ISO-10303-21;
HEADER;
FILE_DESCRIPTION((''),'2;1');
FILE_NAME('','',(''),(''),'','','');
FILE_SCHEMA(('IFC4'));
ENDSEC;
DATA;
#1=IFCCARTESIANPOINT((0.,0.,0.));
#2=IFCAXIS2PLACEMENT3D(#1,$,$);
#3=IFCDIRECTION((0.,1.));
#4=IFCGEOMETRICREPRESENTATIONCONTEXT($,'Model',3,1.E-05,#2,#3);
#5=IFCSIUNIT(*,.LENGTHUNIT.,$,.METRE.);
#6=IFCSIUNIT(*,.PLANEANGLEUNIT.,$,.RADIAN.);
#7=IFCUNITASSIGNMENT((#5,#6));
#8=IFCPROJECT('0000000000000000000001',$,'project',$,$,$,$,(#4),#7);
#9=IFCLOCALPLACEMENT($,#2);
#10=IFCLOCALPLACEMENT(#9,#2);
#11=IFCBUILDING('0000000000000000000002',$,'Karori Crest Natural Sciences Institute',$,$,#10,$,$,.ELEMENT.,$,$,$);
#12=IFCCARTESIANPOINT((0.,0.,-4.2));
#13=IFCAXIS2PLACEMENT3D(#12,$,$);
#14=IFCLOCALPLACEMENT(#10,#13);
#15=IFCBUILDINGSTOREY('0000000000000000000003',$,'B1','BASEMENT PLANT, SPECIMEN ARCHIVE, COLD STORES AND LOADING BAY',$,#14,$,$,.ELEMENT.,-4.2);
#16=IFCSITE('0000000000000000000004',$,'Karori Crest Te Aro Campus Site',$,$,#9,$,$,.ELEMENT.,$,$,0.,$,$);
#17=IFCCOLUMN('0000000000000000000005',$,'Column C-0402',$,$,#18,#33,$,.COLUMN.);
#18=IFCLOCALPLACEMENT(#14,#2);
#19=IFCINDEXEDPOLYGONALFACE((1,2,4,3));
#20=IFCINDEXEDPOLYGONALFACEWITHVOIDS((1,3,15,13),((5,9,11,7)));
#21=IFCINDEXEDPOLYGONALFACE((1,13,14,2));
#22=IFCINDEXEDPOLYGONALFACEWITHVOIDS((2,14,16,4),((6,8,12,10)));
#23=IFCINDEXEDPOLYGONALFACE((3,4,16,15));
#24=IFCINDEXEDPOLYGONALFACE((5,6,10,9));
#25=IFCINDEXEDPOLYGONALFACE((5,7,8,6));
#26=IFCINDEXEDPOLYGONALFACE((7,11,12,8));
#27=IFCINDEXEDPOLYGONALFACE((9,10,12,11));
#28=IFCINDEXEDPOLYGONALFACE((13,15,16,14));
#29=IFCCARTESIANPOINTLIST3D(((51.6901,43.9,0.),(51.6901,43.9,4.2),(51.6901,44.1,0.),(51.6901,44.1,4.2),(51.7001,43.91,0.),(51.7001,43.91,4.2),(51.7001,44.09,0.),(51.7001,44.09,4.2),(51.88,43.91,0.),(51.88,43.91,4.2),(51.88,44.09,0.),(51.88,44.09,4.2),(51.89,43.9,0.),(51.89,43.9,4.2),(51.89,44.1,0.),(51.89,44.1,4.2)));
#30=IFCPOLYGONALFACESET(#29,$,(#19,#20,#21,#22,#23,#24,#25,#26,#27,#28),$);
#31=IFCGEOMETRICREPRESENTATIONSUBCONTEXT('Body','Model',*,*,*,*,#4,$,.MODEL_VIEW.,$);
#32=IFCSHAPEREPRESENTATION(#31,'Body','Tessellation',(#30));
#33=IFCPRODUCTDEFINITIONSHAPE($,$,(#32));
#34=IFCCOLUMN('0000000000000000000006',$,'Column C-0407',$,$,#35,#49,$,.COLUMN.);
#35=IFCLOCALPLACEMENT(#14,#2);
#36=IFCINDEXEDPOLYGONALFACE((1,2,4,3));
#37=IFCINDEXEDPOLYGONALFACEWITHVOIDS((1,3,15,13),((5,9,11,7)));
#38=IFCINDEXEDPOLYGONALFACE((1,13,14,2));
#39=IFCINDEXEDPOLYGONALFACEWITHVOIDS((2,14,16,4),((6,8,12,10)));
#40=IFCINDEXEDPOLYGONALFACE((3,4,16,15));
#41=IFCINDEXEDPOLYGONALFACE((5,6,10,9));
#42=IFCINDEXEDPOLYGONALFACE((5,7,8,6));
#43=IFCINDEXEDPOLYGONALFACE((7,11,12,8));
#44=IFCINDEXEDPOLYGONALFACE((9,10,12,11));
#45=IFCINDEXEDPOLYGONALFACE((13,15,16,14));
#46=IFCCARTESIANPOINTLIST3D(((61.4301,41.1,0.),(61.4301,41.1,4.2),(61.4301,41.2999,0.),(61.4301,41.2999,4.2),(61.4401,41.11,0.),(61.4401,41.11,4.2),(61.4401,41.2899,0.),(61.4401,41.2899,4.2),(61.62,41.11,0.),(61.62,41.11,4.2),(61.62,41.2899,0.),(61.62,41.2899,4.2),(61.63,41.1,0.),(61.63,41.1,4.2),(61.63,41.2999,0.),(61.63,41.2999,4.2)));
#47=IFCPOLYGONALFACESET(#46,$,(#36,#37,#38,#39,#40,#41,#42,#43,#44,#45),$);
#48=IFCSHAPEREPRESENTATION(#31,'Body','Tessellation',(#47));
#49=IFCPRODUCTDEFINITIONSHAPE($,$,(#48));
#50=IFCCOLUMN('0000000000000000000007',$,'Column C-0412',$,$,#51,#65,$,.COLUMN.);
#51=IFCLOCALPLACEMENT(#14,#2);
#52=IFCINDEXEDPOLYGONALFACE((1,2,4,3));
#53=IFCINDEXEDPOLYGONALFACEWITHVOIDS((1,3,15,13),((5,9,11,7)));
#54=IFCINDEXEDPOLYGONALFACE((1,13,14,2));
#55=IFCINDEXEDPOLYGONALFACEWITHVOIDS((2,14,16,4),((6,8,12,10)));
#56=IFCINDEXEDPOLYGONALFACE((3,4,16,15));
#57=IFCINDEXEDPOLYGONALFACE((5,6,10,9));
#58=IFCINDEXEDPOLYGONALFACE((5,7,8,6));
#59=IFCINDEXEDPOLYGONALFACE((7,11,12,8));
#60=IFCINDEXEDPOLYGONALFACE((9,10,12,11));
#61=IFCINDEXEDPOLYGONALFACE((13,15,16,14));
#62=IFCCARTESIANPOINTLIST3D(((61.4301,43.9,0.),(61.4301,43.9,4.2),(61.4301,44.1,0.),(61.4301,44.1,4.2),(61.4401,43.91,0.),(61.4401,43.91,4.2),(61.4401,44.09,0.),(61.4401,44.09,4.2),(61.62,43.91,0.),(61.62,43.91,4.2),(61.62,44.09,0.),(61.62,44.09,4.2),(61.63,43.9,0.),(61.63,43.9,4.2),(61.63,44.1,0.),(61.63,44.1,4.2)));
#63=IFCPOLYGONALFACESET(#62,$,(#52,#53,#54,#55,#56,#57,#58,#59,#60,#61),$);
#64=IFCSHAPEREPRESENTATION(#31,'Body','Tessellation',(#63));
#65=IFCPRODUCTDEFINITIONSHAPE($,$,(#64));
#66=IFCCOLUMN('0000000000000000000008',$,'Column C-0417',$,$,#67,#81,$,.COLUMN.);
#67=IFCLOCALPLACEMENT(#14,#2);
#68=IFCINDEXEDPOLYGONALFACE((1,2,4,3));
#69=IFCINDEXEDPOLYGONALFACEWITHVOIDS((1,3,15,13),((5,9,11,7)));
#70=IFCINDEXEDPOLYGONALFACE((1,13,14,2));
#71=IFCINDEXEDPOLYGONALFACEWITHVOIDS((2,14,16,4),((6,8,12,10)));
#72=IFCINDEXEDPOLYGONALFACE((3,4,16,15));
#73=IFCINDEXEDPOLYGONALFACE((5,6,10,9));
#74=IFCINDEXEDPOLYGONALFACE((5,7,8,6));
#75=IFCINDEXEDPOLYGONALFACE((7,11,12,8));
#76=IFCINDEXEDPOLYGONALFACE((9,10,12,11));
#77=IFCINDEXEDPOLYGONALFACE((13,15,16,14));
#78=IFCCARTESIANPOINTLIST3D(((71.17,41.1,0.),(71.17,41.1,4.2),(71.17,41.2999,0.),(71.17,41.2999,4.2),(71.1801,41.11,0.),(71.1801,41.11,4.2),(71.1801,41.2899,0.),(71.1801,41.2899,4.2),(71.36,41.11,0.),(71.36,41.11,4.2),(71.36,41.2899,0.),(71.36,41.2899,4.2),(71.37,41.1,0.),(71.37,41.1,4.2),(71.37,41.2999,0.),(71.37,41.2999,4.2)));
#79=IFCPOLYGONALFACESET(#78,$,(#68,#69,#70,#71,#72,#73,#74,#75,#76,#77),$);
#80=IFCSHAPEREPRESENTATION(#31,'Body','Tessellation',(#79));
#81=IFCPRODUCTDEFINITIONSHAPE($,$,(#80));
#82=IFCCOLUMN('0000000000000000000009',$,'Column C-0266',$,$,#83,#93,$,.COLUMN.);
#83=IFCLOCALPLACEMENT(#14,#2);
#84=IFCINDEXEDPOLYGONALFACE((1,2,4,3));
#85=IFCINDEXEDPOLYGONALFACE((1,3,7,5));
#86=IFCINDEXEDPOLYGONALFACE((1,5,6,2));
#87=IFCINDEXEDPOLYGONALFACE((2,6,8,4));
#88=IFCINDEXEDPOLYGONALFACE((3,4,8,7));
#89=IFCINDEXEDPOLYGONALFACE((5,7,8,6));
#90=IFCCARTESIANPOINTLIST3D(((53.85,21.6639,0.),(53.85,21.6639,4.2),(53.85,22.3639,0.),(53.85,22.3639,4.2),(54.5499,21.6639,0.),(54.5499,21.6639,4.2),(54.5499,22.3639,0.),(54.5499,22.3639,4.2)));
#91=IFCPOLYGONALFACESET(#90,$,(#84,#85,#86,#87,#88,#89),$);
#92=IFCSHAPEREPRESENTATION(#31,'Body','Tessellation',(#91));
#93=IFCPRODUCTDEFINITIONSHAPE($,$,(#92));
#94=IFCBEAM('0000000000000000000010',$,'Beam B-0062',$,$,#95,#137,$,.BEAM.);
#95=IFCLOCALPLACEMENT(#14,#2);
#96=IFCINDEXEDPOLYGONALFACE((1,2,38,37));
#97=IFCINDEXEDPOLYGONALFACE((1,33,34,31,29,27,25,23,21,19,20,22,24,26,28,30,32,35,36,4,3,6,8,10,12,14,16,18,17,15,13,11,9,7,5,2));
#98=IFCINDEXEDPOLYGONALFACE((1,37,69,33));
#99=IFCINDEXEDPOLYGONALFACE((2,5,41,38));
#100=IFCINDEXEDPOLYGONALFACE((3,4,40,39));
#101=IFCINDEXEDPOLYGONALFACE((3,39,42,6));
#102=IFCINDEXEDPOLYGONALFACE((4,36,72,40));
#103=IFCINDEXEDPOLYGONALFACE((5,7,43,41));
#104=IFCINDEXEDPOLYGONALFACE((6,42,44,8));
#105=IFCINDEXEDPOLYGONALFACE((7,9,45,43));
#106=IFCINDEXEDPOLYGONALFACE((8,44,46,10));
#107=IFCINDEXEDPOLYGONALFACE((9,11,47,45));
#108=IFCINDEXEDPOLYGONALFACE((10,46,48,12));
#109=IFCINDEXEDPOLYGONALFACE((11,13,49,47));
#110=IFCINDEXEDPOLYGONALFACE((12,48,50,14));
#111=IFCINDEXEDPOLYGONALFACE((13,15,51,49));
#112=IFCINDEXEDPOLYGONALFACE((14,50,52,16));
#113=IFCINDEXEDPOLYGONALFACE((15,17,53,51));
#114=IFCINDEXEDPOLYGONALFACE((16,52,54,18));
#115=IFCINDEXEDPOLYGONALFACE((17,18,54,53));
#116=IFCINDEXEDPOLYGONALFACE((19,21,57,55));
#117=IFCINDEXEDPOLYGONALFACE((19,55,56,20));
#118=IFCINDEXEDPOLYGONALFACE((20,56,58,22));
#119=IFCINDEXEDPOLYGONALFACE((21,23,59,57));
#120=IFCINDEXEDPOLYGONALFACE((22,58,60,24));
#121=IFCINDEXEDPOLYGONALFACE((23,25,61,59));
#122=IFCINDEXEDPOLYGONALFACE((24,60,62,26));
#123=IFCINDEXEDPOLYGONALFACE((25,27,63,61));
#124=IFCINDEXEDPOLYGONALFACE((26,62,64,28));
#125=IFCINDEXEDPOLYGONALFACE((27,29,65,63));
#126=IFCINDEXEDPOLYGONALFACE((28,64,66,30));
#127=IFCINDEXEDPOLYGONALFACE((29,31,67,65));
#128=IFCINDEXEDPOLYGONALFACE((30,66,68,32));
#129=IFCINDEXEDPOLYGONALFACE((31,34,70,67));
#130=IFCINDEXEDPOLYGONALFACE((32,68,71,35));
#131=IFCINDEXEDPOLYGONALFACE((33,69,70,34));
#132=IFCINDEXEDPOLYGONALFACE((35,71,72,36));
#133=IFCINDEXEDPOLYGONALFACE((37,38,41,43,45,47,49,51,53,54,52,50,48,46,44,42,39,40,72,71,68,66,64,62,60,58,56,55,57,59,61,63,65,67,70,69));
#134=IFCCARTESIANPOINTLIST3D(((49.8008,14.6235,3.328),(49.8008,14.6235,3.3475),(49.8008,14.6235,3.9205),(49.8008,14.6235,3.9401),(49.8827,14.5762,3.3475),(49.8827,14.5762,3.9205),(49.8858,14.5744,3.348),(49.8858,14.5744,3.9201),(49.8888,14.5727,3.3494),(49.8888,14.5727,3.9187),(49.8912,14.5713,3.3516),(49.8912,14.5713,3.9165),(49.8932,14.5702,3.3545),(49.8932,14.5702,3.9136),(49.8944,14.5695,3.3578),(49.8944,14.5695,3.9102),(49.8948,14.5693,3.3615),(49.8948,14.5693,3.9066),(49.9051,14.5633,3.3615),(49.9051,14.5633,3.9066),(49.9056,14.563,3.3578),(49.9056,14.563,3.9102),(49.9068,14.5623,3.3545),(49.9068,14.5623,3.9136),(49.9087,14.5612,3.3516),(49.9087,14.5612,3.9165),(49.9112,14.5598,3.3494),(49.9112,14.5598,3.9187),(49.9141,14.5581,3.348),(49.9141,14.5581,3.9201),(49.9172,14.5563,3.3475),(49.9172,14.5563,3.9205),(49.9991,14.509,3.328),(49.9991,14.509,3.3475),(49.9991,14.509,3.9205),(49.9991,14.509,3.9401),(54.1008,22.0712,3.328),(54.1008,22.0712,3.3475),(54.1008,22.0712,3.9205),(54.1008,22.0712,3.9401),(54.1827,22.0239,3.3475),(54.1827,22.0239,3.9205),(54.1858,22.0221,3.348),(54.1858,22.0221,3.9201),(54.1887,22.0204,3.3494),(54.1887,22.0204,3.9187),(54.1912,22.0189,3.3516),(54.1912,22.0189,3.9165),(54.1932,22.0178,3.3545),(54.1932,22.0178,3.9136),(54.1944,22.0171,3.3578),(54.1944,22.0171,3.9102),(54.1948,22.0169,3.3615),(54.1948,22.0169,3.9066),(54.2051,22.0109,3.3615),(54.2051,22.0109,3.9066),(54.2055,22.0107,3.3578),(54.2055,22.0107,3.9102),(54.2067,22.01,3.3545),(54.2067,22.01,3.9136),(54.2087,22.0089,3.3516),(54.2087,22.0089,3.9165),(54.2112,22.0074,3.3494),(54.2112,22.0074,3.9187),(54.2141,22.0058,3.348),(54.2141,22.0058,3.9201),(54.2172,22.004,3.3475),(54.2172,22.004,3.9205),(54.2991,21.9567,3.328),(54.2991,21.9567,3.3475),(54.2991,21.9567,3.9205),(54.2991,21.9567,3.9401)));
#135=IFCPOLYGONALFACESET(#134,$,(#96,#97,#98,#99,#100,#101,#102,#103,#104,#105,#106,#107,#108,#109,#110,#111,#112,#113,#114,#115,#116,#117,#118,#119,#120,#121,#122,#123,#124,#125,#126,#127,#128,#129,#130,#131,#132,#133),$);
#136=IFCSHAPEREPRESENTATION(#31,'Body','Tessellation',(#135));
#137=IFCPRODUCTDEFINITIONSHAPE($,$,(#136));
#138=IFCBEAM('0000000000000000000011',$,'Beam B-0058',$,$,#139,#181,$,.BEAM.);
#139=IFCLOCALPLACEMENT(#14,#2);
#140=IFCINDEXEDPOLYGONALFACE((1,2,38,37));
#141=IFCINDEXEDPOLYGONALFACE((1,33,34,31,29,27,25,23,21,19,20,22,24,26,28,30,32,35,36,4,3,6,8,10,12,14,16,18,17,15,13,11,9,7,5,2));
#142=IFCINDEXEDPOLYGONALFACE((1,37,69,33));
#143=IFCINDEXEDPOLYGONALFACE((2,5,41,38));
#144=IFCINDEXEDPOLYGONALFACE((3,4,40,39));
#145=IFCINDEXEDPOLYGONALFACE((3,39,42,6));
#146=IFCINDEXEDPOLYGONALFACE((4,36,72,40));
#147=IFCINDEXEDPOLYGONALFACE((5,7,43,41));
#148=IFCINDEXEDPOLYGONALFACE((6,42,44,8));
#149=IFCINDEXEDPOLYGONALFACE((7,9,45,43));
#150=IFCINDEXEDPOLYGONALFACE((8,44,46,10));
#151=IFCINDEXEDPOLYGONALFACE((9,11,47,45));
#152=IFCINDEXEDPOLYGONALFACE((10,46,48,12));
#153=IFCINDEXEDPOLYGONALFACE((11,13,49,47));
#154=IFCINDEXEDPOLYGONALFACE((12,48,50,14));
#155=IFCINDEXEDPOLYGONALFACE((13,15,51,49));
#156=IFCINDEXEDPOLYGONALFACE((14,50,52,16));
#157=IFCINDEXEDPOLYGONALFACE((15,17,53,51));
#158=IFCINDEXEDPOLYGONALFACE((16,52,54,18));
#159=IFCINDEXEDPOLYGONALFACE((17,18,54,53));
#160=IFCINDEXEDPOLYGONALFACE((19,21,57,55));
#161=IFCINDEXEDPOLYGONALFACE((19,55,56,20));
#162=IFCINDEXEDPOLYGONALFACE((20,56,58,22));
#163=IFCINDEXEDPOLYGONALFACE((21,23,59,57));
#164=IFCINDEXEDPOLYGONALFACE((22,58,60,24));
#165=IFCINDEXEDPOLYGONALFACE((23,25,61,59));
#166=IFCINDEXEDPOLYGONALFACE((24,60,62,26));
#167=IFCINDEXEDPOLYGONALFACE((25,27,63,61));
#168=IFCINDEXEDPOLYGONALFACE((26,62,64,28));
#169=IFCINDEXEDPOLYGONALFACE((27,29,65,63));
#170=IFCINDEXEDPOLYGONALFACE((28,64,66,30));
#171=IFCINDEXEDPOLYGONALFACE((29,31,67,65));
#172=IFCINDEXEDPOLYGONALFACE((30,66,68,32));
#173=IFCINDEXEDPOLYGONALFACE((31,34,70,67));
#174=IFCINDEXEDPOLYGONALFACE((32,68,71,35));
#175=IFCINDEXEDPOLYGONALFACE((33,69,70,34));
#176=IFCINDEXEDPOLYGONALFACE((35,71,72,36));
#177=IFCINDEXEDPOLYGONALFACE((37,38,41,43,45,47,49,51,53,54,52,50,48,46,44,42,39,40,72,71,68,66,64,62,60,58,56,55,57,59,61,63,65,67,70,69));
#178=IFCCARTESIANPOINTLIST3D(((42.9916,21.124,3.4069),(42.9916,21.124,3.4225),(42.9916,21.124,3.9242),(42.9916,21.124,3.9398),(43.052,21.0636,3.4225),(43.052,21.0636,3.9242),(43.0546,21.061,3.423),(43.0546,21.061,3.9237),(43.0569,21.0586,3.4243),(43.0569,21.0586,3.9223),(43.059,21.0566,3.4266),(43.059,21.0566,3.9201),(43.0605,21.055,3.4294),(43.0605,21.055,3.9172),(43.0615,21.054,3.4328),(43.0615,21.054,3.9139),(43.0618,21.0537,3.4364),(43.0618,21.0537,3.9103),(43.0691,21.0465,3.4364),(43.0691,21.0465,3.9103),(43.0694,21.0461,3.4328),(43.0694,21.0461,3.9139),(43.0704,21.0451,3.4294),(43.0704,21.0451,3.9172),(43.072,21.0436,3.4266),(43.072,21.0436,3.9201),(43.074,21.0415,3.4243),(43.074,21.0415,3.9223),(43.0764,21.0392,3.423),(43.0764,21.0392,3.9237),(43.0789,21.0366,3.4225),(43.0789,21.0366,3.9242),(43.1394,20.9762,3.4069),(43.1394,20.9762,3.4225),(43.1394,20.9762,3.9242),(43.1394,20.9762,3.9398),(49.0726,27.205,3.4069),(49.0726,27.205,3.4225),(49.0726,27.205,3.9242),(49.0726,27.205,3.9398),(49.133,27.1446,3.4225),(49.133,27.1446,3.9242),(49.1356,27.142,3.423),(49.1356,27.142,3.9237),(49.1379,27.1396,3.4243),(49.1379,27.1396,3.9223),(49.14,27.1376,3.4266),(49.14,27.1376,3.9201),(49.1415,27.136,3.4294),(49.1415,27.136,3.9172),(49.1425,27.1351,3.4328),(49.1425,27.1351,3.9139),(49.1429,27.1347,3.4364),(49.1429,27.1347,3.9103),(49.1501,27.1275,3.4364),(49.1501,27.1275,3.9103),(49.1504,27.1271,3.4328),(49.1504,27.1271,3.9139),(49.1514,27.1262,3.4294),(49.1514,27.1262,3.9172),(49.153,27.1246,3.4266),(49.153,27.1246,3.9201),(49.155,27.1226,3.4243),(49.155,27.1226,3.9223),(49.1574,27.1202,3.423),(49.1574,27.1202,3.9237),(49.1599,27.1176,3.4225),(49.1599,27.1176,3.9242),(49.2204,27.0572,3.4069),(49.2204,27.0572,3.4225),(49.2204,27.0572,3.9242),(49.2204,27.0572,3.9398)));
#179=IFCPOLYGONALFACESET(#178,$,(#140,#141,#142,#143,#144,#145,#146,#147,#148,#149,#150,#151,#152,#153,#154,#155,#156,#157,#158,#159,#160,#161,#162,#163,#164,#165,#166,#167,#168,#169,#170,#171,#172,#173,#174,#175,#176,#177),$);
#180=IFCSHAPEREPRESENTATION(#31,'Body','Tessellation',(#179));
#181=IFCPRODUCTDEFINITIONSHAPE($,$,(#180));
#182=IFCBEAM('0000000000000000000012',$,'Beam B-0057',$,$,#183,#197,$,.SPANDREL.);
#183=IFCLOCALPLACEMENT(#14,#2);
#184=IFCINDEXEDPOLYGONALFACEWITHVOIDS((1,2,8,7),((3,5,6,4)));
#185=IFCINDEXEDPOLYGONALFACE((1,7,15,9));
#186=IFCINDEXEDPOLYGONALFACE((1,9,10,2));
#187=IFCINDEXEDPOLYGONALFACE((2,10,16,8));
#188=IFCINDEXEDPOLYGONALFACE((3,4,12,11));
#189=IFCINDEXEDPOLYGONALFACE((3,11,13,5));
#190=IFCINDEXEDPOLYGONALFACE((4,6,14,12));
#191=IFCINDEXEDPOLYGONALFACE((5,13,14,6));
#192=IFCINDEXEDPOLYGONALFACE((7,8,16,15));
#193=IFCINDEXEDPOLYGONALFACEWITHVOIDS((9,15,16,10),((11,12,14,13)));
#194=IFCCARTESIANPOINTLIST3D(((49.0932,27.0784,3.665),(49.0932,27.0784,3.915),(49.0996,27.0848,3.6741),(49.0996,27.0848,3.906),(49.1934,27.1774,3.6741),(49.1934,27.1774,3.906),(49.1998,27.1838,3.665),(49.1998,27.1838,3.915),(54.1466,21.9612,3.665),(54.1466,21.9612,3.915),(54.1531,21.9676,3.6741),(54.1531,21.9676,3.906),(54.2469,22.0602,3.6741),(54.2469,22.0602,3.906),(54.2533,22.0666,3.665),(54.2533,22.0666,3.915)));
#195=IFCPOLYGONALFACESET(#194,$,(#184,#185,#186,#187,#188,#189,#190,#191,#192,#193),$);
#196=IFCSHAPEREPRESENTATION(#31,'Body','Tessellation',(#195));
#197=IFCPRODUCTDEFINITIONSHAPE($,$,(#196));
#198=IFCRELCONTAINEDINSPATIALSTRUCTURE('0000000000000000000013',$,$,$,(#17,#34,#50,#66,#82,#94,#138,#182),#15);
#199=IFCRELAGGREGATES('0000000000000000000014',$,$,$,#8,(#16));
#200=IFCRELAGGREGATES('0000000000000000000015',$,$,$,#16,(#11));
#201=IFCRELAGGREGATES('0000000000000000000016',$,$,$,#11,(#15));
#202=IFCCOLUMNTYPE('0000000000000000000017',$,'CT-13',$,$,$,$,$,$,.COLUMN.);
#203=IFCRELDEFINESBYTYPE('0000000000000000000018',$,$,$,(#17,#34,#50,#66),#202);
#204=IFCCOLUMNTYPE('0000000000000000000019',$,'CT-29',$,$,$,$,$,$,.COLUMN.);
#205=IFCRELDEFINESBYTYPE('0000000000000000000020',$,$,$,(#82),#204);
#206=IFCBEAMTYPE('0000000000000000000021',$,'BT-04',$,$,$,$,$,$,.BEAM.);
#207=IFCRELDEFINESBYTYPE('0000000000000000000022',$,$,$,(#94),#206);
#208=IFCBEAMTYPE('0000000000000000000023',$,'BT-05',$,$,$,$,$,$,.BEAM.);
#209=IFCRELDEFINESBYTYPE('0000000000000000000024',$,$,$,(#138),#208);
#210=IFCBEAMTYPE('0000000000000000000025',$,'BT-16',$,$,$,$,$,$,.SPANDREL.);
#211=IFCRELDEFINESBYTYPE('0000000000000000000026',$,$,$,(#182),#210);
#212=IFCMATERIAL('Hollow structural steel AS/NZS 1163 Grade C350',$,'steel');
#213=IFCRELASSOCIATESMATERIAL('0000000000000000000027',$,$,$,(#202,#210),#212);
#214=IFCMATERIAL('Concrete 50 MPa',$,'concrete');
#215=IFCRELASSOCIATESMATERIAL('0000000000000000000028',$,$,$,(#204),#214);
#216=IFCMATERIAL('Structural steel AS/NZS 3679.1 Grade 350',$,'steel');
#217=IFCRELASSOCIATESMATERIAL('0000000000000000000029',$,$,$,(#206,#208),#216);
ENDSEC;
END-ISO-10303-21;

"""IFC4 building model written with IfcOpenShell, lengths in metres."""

from ifc_helpers import new_model, si_unit, direction, frame, origin, origin_2d, place, context, subcontext, project, spatial, rectangle, hollow_rectangle, i_section, extrude, material, material_profile, profile_set, type_object, element, save


model = new_model("IFC4")

# Units and contexts
model_context = context("Model", 3, precision=1e-05, world=origin(), true_north=direction((0.0, 1.0)))
body_context = subcontext(model_context, "Body", "Model", "MODEL_VIEW")
ifc_project = project(units=[si_unit("LENGTHUNIT", "METRE"), si_unit("PLANEANGLEUNIT", "RADIAN")], contexts=[model_context])

# Site, building, storey
site_placement = place(None, origin())
site = spatial("IfcSite", under=ifc_project, at=site_placement, Name="Karori Crest Te Aro Campus Site", CompositionType="ELEMENT", RefElevation=0.0)
building_placement = place(site_placement, origin())
building = spatial("IfcBuilding", under=site, at=building_placement, Name="Karori Crest Natural Sciences Institute", CompositionType="ELEMENT")
storey_placement = place(building_placement, frame((0.0, 0.0, -4.2)))
storey = spatial("IfcBuildingStorey", under=building, at=storey_placement, Name="B1", Description="BASEMENT PLANT, SPECIMEN ARCHIVE, COLD STORES AND LOADING BAY", CompositionType="ELEMENT", Elevation=-4.2)

# Columns
ifc_material_1 = material(Name="Structural steel AS/NZS 3679.1 Grade 350", Category="steel")
ifc_material_2 = material(Name="Hollow structural steel AS/NZS 1163 Grade C350", Category="steel")
ifc_material_profile_1 = material_profile(ifc_material_2, hollow_rectangle(XDim=0.2, YDim=0.2, WallThickness=0.01, at=origin_2d()), Name="SHS200x200x10")
ifc_profile_set_1 = profile_set([ifc_material_profile_1], Name="Hollow structural steel AS/NZS 1163 Grade C350")
column_type_1 = type_object("IfcColumnType", Name="CT-13", PredefinedType="COLUMN", material=ifc_profile_set_1)
for number, where, z_axis, x_axis, name in (
    (1, (51.79, 44.0, 0.0), (0.0, 0.0, 1.0), (1.0, 0.0, 0.0), "Column C-0402"),
    (2, (61.53, 41.2, 0.0), (0.0, 0.0, 1.0), (1.0, 0.0, 0.0), "Column C-0407"),
    (3, (61.53, 44.0, 0.0), (0.0, 0.0, 1.0), (1.0, 0.0, 0.0), "Column C-0412"),
    (4, (71.27, 41.2, 0.0), (0.0, 0.0, 1.0), (1.0, 0.0, 0.0), "Column C-0417"),
):
    element("IfcColumn", number, at=place(storey_placement, frame(where, z_axis=z_axis, x_axis=x_axis)), inside=storey, type_object=column_type_1, Name=name, PredefinedType="COLUMN", context=body_context, shape_type="SweptSolid", body=[
        extrude(hollow_rectangle(XDim=0.2, YDim=0.2, WallThickness=0.01, at=origin_2d()), origin(), (0.0, 0.0, 1.0), 4.2),
    ])
ifc_material_3 = material(Name="Concrete 50 MPa", Category="concrete")
ifc_material_profile_2 = material_profile(ifc_material_3, rectangle(XDim=0.7, YDim=0.7, at=origin_2d()), Name="RC700x700")
ifc_profile_set_2 = profile_set([ifc_material_profile_2], Name="Concrete 50 MPa")
column_type_2 = type_object("IfcColumnType", Name="CT-29", PredefinedType="COLUMN", material=ifc_profile_set_2)
column_1_placement = place(storey_placement, frame((54.2, 22.0139, 0.0), z_axis=(0.0, 0.0, 1.0), x_axis=(1.0, 0.0, 0.0)))
element("IfcColumn", 5, at=column_1_placement, inside=storey, type_object=column_type_2, Name="Column C-0266", PredefinedType="COLUMN", context=body_context, shape_type="SweptSolid", body=[
    extrude(rectangle(XDim=0.7, YDim=0.7, at=origin_2d()), origin(), (0.0, 0.0, 1.0), 4.2),
])

# Beams
ifc_material_profile_3 = material_profile(ifc_material_1, i_section(OverallWidth=0.229, OverallDepth=0.6121, WebThickness=0.012, FlangeThickness=0.0195, FilletRadius=0.0139, at=origin_2d()), Name="610UB125")
ifc_profile_set_3 = profile_set([ifc_material_profile_3], Name="Structural steel AS/NZS 3679.1 Grade 350")
beam_type_1 = type_object("IfcBeamType", Name="BT-04", PredefinedType="BEAM", material=ifc_profile_set_3)
beam_1_placement = place(storey_placement, frame((54.2, 22.0139, 3.634), z_axis=(-0.500008, -0.866021, 0.0), x_axis=(0.866021, -0.500008, 0.0)))
element("IfcBeam", 6, at=beam_1_placement, inside=storey, type_object=beam_type_1, Name="Beam B-0062", PredefinedType="BEAM", context=body_context, shape_type="SweptSolid", body=[
    extrude(i_section(OverallWidth=0.229, OverallDepth=0.6121, WebThickness=0.012, FlangeThickness=0.0195, FilletRadius=0.0139, at=origin_2d()), origin(), (0.0, 0.0, 1.0), 8.5999),
])
ifc_material_profile_4 = material_profile(ifc_material_1, i_section(OverallWidth=0.209, OverallDepth=0.533, WebThickness=0.0103, FlangeThickness=0.0156, FilletRadius=0.0139, at=origin_2d()), Name="530UB92.4")
ifc_profile_set_4 = profile_set([ifc_material_profile_4], Name="Structural steel AS/NZS 3679.1 Grade 350")
beam_type_2 = type_object("IfcBeamType", Name="BT-05", PredefinedType="BEAM", material=ifc_profile_set_4)
beam_2_placement = place(storey_placement, frame((49.1465, 27.1311, 3.6733), z_axis=(-0.707107, -0.707107, 0.0), x_axis=(0.707107, -0.707107, 0.0)))
element("IfcBeam", 7, at=beam_2_placement, inside=storey, type_object=beam_type_2, Name="Beam B-0058", PredefinedType="BEAM", context=body_context, shape_type="SweptSolid", body=[
    extrude(i_section(OverallWidth=0.209, OverallDepth=0.533, WebThickness=0.0103, FlangeThickness=0.0156, FilletRadius=0.0139, at=origin_2d()), origin(), (0.0, 0.0, 1.0), 8.5999),
])
ifc_material_profile_5 = material_profile(ifc_material_2, hollow_rectangle(XDim=0.1499, YDim=0.25, WallThickness=0.009, at=origin_2d()), Name="RHS250x150x9")
ifc_profile_set_5 = profile_set([ifc_material_profile_5], Name="Hollow structural steel AS/NZS 1163 Grade C350")
beam_type_3 = type_object("IfcBeamType", Name="BT-16", PredefinedType="SPANDREL", material=ifc_profile_set_5)
beam_3_placement = place(storey_placement, frame((49.1465, 27.1311, 3.79), z_axis=(0.702663, -0.711523, 0.0), x_axis=(0.711523, 0.702663, 0.0)))
element("IfcBeam", 8, at=beam_3_placement, inside=storey, type_object=beam_type_3, Name="Beam B-0057", PredefinedType="SPANDREL", context=body_context, shape_type="SweptSolid", body=[
    extrude(hollow_rectangle(XDim=0.1499, YDim=0.25, WallThickness=0.009, at=origin_2d()), origin(), (0.0, 0.0, 1.0), 7.1919),
])

save(model, "model.ifc")
